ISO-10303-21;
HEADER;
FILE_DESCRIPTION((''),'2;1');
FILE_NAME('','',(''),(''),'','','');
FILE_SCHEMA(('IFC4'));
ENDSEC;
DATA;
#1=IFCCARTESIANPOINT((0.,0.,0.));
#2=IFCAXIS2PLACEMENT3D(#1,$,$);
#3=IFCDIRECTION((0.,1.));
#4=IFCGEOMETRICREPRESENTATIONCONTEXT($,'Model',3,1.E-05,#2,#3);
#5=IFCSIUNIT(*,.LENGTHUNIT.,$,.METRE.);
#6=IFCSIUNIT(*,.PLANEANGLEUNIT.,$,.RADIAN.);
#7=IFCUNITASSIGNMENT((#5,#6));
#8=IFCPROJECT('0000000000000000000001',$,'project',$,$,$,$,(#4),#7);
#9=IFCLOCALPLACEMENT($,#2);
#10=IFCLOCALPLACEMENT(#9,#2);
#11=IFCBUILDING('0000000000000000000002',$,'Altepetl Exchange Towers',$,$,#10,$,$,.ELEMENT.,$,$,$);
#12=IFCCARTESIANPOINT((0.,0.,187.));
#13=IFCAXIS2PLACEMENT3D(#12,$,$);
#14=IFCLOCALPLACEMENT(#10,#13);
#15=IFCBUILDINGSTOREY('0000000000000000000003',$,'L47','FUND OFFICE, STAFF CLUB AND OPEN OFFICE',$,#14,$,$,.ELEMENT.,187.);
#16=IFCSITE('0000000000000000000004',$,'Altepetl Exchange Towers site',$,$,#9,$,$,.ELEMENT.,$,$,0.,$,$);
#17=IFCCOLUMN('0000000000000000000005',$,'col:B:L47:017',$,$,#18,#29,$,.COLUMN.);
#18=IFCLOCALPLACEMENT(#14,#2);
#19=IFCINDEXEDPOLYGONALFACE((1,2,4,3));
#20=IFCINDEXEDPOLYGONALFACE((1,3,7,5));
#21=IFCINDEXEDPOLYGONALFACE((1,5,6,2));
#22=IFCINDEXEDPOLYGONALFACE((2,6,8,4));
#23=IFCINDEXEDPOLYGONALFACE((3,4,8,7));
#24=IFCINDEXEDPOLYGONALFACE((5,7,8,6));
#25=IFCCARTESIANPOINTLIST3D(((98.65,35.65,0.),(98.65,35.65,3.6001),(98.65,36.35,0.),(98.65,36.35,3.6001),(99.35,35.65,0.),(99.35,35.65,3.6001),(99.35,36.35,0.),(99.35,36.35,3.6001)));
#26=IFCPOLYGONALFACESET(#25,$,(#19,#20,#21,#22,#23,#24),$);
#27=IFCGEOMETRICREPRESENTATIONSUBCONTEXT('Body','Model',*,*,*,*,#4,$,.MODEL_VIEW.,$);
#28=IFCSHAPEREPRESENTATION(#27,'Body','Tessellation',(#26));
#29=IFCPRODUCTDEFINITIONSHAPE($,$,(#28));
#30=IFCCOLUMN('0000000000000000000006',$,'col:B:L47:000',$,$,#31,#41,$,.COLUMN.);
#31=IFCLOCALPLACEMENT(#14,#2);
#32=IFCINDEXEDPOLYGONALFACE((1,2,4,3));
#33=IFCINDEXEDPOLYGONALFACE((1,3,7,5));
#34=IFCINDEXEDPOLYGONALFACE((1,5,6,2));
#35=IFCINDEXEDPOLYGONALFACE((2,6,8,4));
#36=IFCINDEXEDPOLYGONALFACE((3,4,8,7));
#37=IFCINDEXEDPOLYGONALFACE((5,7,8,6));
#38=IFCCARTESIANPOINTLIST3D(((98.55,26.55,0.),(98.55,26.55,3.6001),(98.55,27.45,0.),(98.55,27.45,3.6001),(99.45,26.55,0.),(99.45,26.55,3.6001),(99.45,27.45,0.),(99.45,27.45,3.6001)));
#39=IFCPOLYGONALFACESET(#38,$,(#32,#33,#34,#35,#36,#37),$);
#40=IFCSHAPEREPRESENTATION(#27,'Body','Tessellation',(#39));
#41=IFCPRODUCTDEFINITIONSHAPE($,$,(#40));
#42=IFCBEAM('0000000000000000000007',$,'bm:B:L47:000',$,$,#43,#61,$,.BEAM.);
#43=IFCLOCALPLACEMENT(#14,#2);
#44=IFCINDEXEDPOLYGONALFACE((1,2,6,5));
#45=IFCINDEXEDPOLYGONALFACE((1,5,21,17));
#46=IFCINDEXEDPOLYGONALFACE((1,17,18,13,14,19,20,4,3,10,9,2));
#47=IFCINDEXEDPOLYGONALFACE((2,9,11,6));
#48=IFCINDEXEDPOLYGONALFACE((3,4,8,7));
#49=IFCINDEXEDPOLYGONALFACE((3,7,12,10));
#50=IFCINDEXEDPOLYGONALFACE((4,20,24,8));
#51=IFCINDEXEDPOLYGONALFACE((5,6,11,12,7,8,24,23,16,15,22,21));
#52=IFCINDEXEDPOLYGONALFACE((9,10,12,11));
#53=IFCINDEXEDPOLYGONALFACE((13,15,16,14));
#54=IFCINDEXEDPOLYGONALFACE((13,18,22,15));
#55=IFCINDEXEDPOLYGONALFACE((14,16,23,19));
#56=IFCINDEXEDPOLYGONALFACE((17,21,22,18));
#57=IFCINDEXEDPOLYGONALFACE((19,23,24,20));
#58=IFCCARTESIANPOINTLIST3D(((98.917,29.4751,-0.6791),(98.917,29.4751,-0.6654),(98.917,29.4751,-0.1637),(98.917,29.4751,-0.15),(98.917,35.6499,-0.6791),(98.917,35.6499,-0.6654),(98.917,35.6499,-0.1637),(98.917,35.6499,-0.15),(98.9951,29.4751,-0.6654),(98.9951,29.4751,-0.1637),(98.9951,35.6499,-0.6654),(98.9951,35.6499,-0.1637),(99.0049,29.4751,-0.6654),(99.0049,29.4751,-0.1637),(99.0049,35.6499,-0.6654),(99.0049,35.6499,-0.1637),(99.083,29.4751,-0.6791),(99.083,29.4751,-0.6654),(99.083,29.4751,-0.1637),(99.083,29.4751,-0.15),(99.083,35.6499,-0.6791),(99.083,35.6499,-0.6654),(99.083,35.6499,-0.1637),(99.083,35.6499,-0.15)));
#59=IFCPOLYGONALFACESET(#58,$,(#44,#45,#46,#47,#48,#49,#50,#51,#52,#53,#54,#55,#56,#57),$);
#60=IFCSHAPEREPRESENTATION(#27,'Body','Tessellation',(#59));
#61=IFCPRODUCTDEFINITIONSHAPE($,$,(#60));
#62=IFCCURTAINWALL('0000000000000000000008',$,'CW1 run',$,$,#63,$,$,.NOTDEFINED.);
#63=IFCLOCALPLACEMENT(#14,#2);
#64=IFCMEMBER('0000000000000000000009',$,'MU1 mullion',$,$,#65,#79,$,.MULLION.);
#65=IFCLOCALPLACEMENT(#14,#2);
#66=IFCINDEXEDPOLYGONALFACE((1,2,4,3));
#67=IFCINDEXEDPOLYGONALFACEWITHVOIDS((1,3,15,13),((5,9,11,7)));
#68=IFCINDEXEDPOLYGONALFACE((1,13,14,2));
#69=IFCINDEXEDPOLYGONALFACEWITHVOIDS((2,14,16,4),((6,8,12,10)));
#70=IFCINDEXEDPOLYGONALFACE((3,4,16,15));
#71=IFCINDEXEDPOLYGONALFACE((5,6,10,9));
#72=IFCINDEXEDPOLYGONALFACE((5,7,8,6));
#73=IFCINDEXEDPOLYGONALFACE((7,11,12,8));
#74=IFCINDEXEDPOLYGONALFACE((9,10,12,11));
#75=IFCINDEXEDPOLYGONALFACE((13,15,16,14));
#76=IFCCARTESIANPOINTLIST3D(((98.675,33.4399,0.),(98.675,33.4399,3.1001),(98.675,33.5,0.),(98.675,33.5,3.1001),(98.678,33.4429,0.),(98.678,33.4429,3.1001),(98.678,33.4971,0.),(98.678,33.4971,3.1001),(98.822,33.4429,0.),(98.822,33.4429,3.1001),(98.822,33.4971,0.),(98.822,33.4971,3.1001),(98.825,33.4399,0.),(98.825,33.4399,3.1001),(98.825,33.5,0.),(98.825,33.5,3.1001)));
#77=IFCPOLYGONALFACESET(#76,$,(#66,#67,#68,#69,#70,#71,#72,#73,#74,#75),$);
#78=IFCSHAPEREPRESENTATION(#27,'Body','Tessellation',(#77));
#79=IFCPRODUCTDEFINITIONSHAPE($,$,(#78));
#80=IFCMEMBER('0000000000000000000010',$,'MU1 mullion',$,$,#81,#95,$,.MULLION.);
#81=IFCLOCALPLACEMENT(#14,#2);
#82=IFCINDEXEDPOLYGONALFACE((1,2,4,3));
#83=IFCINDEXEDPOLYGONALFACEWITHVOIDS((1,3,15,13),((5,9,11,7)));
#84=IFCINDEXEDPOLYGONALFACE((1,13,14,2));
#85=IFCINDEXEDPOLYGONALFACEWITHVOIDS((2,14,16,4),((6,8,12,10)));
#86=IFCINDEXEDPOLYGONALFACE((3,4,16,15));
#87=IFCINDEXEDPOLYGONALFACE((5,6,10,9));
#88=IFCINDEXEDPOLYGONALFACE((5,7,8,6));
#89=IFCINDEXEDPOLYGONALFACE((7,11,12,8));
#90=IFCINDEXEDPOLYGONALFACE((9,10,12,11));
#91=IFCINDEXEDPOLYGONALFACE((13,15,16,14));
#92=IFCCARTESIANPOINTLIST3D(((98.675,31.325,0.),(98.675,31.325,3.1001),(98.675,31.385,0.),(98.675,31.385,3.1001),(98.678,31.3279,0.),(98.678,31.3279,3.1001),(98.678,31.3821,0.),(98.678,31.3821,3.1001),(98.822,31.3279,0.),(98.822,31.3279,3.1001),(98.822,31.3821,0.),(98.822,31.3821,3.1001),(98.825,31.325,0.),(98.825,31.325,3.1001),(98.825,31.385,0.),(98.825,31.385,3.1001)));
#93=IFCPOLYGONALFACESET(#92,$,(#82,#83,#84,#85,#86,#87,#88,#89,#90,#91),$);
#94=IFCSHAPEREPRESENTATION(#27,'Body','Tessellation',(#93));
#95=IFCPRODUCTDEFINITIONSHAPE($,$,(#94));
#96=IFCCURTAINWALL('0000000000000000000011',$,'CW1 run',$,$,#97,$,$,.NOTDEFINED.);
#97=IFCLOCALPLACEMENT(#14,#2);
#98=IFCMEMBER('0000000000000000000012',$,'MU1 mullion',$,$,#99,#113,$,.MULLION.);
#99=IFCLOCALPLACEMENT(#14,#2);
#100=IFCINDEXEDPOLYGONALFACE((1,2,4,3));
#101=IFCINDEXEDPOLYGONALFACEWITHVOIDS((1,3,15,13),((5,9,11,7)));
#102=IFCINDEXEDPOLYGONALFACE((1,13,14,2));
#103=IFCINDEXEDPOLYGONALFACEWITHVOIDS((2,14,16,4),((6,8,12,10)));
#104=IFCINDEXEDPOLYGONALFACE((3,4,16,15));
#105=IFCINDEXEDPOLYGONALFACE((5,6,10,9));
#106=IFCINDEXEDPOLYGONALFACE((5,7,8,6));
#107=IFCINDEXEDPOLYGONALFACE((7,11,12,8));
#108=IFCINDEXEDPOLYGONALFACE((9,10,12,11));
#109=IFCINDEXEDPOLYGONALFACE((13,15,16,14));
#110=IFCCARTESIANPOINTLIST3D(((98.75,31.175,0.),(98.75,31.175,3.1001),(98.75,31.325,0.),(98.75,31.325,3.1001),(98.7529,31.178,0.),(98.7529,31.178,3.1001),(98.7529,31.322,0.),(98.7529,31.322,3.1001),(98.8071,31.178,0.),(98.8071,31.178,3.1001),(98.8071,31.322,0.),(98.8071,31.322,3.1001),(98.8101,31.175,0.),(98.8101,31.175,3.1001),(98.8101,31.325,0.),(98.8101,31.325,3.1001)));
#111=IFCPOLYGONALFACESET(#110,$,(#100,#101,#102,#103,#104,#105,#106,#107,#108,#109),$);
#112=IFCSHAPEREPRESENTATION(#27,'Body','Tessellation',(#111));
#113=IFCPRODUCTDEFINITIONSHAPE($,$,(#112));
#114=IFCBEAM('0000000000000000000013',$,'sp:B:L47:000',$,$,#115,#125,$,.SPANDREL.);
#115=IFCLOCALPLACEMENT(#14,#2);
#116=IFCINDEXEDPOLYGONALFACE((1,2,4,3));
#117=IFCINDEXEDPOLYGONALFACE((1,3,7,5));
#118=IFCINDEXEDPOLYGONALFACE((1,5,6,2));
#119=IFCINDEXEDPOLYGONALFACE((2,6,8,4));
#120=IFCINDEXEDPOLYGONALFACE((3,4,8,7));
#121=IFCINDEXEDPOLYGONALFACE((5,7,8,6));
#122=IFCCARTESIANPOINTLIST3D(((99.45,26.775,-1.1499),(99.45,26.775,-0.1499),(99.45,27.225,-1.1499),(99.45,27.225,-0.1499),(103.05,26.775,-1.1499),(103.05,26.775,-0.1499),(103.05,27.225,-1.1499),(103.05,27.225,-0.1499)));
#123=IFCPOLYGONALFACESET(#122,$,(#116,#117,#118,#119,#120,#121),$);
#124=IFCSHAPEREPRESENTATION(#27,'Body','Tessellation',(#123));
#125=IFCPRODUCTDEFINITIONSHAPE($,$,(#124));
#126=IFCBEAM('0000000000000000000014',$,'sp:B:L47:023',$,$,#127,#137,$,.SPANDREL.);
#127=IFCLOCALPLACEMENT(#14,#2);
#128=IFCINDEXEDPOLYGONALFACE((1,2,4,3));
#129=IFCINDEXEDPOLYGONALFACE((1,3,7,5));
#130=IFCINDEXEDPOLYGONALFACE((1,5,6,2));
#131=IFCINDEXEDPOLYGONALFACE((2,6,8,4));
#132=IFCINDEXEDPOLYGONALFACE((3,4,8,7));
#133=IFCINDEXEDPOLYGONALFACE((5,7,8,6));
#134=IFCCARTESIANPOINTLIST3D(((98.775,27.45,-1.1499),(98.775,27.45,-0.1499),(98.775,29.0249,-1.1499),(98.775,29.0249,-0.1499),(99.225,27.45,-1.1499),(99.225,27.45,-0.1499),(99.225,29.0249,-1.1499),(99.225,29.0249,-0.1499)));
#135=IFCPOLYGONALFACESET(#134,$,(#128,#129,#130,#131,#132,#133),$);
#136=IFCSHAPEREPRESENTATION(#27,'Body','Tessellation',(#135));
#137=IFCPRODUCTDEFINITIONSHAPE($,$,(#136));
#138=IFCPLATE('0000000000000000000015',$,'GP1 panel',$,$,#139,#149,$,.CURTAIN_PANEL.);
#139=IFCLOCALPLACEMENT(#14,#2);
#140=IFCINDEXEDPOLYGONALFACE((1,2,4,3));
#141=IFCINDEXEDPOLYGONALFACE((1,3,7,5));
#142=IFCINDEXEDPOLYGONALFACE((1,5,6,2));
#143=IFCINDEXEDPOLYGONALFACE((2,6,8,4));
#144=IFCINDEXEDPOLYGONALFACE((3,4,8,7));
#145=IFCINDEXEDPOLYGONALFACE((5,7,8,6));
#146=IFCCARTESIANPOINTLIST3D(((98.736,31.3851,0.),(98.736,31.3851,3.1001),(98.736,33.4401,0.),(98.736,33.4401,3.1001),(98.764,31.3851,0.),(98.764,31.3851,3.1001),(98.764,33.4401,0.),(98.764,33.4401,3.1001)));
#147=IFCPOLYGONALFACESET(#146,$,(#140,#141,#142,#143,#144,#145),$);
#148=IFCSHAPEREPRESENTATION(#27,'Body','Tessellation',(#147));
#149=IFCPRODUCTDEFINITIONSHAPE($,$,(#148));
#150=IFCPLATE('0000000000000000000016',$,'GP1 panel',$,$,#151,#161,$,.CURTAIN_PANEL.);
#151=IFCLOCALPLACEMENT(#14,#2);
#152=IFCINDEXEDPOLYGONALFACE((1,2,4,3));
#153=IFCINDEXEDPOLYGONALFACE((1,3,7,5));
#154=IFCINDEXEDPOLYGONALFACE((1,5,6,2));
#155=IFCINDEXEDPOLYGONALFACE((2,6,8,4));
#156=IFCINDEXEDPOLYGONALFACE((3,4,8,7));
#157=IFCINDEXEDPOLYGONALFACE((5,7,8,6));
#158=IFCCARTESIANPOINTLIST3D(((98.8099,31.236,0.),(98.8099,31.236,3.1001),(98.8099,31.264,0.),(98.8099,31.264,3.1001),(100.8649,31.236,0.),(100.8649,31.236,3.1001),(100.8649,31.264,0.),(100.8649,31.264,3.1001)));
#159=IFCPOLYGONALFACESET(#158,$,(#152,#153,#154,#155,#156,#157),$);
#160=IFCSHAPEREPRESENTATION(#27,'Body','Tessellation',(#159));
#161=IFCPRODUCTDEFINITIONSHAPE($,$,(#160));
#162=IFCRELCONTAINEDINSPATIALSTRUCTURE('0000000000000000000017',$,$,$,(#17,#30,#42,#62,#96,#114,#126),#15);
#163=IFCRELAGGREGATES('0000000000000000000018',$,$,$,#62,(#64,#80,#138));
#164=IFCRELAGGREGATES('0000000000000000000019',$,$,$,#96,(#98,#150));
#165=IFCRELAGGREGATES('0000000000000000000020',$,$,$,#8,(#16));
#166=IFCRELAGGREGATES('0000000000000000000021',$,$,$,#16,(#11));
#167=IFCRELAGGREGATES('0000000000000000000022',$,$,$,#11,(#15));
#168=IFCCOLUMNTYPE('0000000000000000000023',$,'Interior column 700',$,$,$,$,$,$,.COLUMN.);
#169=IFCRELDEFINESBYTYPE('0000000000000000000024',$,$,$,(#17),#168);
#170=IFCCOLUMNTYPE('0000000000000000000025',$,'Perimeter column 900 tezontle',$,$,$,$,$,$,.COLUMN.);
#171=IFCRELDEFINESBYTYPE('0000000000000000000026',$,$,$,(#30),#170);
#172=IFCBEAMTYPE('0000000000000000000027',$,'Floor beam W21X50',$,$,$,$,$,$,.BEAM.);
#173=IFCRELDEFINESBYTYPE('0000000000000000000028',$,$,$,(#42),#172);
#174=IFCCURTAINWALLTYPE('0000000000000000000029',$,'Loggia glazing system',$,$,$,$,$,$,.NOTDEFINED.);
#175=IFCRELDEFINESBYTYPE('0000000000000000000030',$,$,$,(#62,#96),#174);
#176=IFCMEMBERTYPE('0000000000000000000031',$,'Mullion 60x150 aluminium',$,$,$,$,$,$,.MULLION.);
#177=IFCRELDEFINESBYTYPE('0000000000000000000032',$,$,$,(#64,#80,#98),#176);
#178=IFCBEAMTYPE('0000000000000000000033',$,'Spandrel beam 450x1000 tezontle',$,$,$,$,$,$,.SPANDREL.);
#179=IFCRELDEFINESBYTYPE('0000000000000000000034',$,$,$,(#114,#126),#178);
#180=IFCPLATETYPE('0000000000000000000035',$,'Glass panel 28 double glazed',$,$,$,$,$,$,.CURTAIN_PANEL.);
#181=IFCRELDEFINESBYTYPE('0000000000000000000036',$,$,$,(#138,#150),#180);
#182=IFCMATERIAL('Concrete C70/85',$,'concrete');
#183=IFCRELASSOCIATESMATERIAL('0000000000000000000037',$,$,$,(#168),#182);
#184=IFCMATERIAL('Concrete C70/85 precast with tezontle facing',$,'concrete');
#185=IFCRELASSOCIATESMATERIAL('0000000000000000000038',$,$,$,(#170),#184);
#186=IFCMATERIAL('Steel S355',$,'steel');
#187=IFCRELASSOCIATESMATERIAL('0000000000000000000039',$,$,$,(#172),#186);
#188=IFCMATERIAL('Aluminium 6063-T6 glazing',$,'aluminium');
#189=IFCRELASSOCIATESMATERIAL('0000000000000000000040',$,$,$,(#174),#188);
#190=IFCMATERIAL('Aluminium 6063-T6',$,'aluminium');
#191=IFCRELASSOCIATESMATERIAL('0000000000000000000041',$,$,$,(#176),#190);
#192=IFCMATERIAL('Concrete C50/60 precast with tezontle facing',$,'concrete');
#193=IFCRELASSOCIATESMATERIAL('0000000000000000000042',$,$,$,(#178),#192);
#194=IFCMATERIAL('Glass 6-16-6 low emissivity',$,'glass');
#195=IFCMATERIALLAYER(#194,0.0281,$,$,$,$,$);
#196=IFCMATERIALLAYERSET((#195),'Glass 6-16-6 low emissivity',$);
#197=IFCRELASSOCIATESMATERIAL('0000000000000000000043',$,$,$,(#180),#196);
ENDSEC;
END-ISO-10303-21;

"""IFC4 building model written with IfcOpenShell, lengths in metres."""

from ifc_helpers import new_model, si_unit, direction, frame, origin, origin_2d, place, context, subcontext, project, spatial, rectangle, hollow_rectangle, i_section, extrude, material, layer, layer_set, material_profile, profile_set, type_object, element, aggregate, save


model = new_model("IFC4")

# Units and contexts
model_context = context("Model", 3, precision=1e-05, world=origin(), true_north=direction((0.0, 1.0)))
body_context = subcontext(model_context, "Body", "Model", "MODEL_VIEW")
ifc_project = project(units=[si_unit("LENGTHUNIT", "METRE"), si_unit("PLANEANGLEUNIT", "RADIAN")], contexts=[model_context])

# Site, building, storey
site_placement = place(None, origin())
site = spatial("IfcSite", under=ifc_project, at=site_placement, Name="Altepetl Exchange Towers site", CompositionType="ELEMENT", RefElevation=0.0)
building_placement = place(site_placement, origin())
building = spatial("IfcBuilding", under=site, at=building_placement, Name="Altepetl Exchange Towers", CompositionType="ELEMENT")
storey_placement = place(building_placement, frame((0.0, 0.0, 187.0)))
storey = spatial("IfcBuildingStorey", under=building, at=storey_placement, Name="L47", Description="FUND OFFICE, STAFF CLUB AND OPEN OFFICE", CompositionType="ELEMENT", Elevation=187.0)

# Columns
ifc_material_1 = material(Name="Concrete C70/85", Category="concrete")
ifc_material_profile_1 = material_profile(ifc_material_1, rectangle(XDim=0.7, YDim=0.7, at=origin_2d()), Name="700 x 700")
ifc_profile_set_1 = profile_set([ifc_material_profile_1], Name="Concrete C70/85")
column_type_1 = type_object("IfcColumnType", Name="Interior column 700", PredefinedType="COLUMN", material=ifc_profile_set_1)
column_1_placement = place(storey_placement, frame((99.0, 36.0, 0.0)))
element("IfcColumn", 1, at=column_1_placement, inside=storey, type_object=column_type_1, Name="col:B:L47:017", PredefinedType="COLUMN", context=body_context, shape_type="SweptSolid", body=[
    extrude(rectangle(XDim=0.7, YDim=0.7, at=origin_2d()), origin(), (0.0, 0.0, 1.0), 3.6001),
])
ifc_material_2 = material(Name="Concrete C70/85 precast with tezontle facing", Category="concrete")
ifc_material_profile_2 = material_profile(ifc_material_2, rectangle(XDim=0.8999, YDim=0.8999, at=origin_2d()), Name="900 x 900")
ifc_profile_set_2 = profile_set([ifc_material_profile_2], Name="Concrete C70/85 precast with tezontle facing")
column_type_2 = type_object("IfcColumnType", Name="Perimeter column 900 tezontle", PredefinedType="COLUMN", material=ifc_profile_set_2)
column_2_placement = place(storey_placement, frame((99.0, 27.0, 0.0)))
element("IfcColumn", 2, at=column_2_placement, inside=storey, type_object=column_type_2, Name="col:B:L47:000", PredefinedType="COLUMN", context=body_context, shape_type="SweptSolid", body=[
    extrude(rectangle(XDim=0.8999, YDim=0.8999, at=origin_2d()), origin(), (0.0, 0.0, 1.0), 3.6001),
])

# Beam
ifc_material_3 = material(Name="Steel S355", Category="steel")
ifc_material_profile_3 = material_profile(ifc_material_3, i_section(OverallWidth=0.166, OverallDepth=0.5291, WebThickness=0.0098, FlangeThickness=0.0137, at=origin_2d()), Name="W21X50")
ifc_profile_set_3 = profile_set([ifc_material_profile_3], Name="Steel S355")
beam_type_1 = type_object("IfcBeamType", Name="Floor beam W21X50", PredefinedType="BEAM", material=ifc_profile_set_3)
beam_1_placement = place(storey_placement, frame((99.0, 29.4751, -0.4146), z_axis=(0.0, 1.0, 0.0), x_axis=(-1.0, 0.0, 0.0)))
element("IfcBeam", 3, at=beam_1_placement, inside=storey, type_object=beam_type_1, Name="bm:B:L47:000", PredefinedType="BEAM", context=body_context, shape_type="SweptSolid", body=[
    extrude(i_section(OverallWidth=0.166, OverallDepth=0.5291, WebThickness=0.0098, FlangeThickness=0.0137, at=origin_2d()), origin(), (0.0, 0.0, 1.0), 6.1748),
])

# Curtain wall, members
ifc_material_4 = material(Name="Aluminium 6063-T6 glazing", Category="aluminium")
curtain_wall_type = type_object("IfcCurtainWallType", Name="Loggia glazing system", PredefinedType="NOTDEFINED", material=ifc_material_4)
curtain_wall_1_placement = place(storey_placement, origin())
curtain_wall_1 = element("IfcCurtainWall", 4, at=curtain_wall_1_placement, inside=storey, type_object=curtain_wall_type, Name="CW1 run", PredefinedType="NOTDEFINED")
ifc_material_5 = material(Name="Aluminium 6063-T6", Category="aluminium")
ifc_material_profile_4 = material_profile(ifc_material_5, hollow_rectangle(XDim=0.0601, YDim=0.1499, WallThickness=0.0029, at=origin_2d()), Name="Mullion 60x150 aluminium")
ifc_profile_set_4 = profile_set([ifc_material_profile_4], Name="Aluminium 6063-T6")
member_type = type_object("IfcMemberType", Name="Mullion 60x150 aluminium", PredefinedType="MULLION", material=ifc_profile_set_4)
member_1_placement = place(storey_placement, frame((98.75, 33.47, 0.0), z_axis=(0.0, 0.0, 1.0), x_axis=(0.0, -1.0, 0.0)))
member_1 = element("IfcMember", 5, at=member_1_placement, type_object=member_type, Name="MU1 mullion", PredefinedType="MULLION", context=body_context, shape_type="SweptSolid", body=[
    extrude(hollow_rectangle(XDim=0.0601, YDim=0.1499, WallThickness=0.0029, at=origin_2d()), origin(), (0.0, 0.0, 1.0), 3.1001),
])
member_2_placement = place(storey_placement, frame((98.75, 31.355, 0.0), z_axis=(0.0, 0.0, 1.0), x_axis=(0.0, -1.0, 0.0)))
member_2 = element("IfcMember", 6, at=member_2_placement, type_object=member_type, Name="MU1 mullion", PredefinedType="MULLION", context=body_context, shape_type="SweptSolid", body=[
    extrude(hollow_rectangle(XDim=0.0601, YDim=0.1499, WallThickness=0.0029, at=origin_2d()), origin(), (0.0, 0.0, 1.0), 3.1001),
])

# Curtain wall, member
curtain_wall_2_placement = place(storey_placement, origin())
curtain_wall_2 = element("IfcCurtainWall", 7, at=curtain_wall_2_placement, inside=storey, type_object=curtain_wall_type, Name="CW1 run", PredefinedType="NOTDEFINED")
member_3_placement = place(storey_placement, frame((98.78, 31.25, 0.0)))
member_3 = element("IfcMember", 8, at=member_3_placement, type_object=member_type, Name="MU1 mullion", PredefinedType="MULLION", context=body_context, shape_type="SweptSolid", body=[
    extrude(hollow_rectangle(XDim=0.0601, YDim=0.1499, WallThickness=0.0029, at=origin_2d()), origin(), (0.0, 0.0, 1.0), 3.1001),
])

# Beams
ifc_material_6 = material(Name="Concrete C50/60 precast with tezontle facing", Category="concrete")
ifc_material_profile_5 = material_profile(ifc_material_6, rectangle(XDim=0.45, YDim=1.0, at=origin_2d()), Name="450 x 1000")
ifc_profile_set_5 = profile_set([ifc_material_profile_5], Name="Concrete C50/60 precast with tezontle facing")
beam_type_2 = type_object("IfcBeamType", Name="Spandrel beam 450x1000 tezontle", PredefinedType="SPANDREL", material=ifc_profile_set_5)
beam_2_placement = place(storey_placement, frame((99.45, 27.0, -0.6499), z_axis=(1.0, 0.0, 0.0), x_axis=(0.0, 1.0, 0.0)))
element("IfcBeam", 9, at=beam_2_placement, inside=storey, type_object=beam_type_2, Name="sp:B:L47:000", PredefinedType="SPANDREL", context=body_context, shape_type="SweptSolid", body=[
    extrude(rectangle(XDim=0.45, YDim=1.0, at=origin_2d()), origin(), (0.0, 0.0, 1.0), 3.6001),
])
beam_3_placement = place(storey_placement, frame((99.0, 29.0249, -0.6499), z_axis=(0.0, -1.0, 0.0), x_axis=(1.0, 0.0, 0.0)))
element("IfcBeam", 10, at=beam_3_placement, inside=storey, type_object=beam_type_2, Name="sp:B:L47:023", PredefinedType="SPANDREL", context=body_context, shape_type="SweptSolid", body=[
    extrude(rectangle(XDim=0.45, YDim=1.0, at=origin_2d()), origin(), (0.0, 0.0, 1.0), 1.575),
])

# Plates
ifc_material_7 = material(Name="Glass 6-16-6 low emissivity", Category="glass")
ifc_layer_1 = layer(ifc_material_7, 0.0281)
ifc_layer_set_1 = layer_set([ifc_layer_1], Name="Glass 6-16-6 low emissivity")
plate_type = type_object("IfcPlateType", Name="Glass panel 28 double glazed", PredefinedType="CURTAIN_PANEL", material=ifc_layer_set_1)
plate_1_placement = place(storey_placement, frame((98.75, 32.4126, 0.0), z_axis=(0.0, 0.0, 1.0), x_axis=(0.0, -1.0, 0.0)))
plate_1 = element("IfcPlate", 11, at=plate_1_placement, type_object=plate_type, Name="GP1 panel", PredefinedType="CURTAIN_PANEL", context=body_context, shape_type="SweptSolid", body=[
    extrude(rectangle(XDim=2.0549, YDim=0.0281, at=origin_2d()), origin(), (0.0, 0.0, 1.0), 3.1001),
])
aggregate(curtain_wall_1, [member_1, member_2, plate_1])
plate_2_placement = place(storey_placement, frame((99.8374, 31.25, 0.0)))
plate_2 = element("IfcPlate", 12, at=plate_2_placement, type_object=plate_type, Name="GP1 panel", PredefinedType="CURTAIN_PANEL", context=body_context, shape_type="SweptSolid", body=[
    extrude(rectangle(XDim=2.0549, YDim=0.0281, at=origin_2d()), origin(), (0.0, 0.0, 1.0), 3.1001),
])
aggregate(curtain_wall_2, [member_3, plate_2])

save(model, "model.ifc")
